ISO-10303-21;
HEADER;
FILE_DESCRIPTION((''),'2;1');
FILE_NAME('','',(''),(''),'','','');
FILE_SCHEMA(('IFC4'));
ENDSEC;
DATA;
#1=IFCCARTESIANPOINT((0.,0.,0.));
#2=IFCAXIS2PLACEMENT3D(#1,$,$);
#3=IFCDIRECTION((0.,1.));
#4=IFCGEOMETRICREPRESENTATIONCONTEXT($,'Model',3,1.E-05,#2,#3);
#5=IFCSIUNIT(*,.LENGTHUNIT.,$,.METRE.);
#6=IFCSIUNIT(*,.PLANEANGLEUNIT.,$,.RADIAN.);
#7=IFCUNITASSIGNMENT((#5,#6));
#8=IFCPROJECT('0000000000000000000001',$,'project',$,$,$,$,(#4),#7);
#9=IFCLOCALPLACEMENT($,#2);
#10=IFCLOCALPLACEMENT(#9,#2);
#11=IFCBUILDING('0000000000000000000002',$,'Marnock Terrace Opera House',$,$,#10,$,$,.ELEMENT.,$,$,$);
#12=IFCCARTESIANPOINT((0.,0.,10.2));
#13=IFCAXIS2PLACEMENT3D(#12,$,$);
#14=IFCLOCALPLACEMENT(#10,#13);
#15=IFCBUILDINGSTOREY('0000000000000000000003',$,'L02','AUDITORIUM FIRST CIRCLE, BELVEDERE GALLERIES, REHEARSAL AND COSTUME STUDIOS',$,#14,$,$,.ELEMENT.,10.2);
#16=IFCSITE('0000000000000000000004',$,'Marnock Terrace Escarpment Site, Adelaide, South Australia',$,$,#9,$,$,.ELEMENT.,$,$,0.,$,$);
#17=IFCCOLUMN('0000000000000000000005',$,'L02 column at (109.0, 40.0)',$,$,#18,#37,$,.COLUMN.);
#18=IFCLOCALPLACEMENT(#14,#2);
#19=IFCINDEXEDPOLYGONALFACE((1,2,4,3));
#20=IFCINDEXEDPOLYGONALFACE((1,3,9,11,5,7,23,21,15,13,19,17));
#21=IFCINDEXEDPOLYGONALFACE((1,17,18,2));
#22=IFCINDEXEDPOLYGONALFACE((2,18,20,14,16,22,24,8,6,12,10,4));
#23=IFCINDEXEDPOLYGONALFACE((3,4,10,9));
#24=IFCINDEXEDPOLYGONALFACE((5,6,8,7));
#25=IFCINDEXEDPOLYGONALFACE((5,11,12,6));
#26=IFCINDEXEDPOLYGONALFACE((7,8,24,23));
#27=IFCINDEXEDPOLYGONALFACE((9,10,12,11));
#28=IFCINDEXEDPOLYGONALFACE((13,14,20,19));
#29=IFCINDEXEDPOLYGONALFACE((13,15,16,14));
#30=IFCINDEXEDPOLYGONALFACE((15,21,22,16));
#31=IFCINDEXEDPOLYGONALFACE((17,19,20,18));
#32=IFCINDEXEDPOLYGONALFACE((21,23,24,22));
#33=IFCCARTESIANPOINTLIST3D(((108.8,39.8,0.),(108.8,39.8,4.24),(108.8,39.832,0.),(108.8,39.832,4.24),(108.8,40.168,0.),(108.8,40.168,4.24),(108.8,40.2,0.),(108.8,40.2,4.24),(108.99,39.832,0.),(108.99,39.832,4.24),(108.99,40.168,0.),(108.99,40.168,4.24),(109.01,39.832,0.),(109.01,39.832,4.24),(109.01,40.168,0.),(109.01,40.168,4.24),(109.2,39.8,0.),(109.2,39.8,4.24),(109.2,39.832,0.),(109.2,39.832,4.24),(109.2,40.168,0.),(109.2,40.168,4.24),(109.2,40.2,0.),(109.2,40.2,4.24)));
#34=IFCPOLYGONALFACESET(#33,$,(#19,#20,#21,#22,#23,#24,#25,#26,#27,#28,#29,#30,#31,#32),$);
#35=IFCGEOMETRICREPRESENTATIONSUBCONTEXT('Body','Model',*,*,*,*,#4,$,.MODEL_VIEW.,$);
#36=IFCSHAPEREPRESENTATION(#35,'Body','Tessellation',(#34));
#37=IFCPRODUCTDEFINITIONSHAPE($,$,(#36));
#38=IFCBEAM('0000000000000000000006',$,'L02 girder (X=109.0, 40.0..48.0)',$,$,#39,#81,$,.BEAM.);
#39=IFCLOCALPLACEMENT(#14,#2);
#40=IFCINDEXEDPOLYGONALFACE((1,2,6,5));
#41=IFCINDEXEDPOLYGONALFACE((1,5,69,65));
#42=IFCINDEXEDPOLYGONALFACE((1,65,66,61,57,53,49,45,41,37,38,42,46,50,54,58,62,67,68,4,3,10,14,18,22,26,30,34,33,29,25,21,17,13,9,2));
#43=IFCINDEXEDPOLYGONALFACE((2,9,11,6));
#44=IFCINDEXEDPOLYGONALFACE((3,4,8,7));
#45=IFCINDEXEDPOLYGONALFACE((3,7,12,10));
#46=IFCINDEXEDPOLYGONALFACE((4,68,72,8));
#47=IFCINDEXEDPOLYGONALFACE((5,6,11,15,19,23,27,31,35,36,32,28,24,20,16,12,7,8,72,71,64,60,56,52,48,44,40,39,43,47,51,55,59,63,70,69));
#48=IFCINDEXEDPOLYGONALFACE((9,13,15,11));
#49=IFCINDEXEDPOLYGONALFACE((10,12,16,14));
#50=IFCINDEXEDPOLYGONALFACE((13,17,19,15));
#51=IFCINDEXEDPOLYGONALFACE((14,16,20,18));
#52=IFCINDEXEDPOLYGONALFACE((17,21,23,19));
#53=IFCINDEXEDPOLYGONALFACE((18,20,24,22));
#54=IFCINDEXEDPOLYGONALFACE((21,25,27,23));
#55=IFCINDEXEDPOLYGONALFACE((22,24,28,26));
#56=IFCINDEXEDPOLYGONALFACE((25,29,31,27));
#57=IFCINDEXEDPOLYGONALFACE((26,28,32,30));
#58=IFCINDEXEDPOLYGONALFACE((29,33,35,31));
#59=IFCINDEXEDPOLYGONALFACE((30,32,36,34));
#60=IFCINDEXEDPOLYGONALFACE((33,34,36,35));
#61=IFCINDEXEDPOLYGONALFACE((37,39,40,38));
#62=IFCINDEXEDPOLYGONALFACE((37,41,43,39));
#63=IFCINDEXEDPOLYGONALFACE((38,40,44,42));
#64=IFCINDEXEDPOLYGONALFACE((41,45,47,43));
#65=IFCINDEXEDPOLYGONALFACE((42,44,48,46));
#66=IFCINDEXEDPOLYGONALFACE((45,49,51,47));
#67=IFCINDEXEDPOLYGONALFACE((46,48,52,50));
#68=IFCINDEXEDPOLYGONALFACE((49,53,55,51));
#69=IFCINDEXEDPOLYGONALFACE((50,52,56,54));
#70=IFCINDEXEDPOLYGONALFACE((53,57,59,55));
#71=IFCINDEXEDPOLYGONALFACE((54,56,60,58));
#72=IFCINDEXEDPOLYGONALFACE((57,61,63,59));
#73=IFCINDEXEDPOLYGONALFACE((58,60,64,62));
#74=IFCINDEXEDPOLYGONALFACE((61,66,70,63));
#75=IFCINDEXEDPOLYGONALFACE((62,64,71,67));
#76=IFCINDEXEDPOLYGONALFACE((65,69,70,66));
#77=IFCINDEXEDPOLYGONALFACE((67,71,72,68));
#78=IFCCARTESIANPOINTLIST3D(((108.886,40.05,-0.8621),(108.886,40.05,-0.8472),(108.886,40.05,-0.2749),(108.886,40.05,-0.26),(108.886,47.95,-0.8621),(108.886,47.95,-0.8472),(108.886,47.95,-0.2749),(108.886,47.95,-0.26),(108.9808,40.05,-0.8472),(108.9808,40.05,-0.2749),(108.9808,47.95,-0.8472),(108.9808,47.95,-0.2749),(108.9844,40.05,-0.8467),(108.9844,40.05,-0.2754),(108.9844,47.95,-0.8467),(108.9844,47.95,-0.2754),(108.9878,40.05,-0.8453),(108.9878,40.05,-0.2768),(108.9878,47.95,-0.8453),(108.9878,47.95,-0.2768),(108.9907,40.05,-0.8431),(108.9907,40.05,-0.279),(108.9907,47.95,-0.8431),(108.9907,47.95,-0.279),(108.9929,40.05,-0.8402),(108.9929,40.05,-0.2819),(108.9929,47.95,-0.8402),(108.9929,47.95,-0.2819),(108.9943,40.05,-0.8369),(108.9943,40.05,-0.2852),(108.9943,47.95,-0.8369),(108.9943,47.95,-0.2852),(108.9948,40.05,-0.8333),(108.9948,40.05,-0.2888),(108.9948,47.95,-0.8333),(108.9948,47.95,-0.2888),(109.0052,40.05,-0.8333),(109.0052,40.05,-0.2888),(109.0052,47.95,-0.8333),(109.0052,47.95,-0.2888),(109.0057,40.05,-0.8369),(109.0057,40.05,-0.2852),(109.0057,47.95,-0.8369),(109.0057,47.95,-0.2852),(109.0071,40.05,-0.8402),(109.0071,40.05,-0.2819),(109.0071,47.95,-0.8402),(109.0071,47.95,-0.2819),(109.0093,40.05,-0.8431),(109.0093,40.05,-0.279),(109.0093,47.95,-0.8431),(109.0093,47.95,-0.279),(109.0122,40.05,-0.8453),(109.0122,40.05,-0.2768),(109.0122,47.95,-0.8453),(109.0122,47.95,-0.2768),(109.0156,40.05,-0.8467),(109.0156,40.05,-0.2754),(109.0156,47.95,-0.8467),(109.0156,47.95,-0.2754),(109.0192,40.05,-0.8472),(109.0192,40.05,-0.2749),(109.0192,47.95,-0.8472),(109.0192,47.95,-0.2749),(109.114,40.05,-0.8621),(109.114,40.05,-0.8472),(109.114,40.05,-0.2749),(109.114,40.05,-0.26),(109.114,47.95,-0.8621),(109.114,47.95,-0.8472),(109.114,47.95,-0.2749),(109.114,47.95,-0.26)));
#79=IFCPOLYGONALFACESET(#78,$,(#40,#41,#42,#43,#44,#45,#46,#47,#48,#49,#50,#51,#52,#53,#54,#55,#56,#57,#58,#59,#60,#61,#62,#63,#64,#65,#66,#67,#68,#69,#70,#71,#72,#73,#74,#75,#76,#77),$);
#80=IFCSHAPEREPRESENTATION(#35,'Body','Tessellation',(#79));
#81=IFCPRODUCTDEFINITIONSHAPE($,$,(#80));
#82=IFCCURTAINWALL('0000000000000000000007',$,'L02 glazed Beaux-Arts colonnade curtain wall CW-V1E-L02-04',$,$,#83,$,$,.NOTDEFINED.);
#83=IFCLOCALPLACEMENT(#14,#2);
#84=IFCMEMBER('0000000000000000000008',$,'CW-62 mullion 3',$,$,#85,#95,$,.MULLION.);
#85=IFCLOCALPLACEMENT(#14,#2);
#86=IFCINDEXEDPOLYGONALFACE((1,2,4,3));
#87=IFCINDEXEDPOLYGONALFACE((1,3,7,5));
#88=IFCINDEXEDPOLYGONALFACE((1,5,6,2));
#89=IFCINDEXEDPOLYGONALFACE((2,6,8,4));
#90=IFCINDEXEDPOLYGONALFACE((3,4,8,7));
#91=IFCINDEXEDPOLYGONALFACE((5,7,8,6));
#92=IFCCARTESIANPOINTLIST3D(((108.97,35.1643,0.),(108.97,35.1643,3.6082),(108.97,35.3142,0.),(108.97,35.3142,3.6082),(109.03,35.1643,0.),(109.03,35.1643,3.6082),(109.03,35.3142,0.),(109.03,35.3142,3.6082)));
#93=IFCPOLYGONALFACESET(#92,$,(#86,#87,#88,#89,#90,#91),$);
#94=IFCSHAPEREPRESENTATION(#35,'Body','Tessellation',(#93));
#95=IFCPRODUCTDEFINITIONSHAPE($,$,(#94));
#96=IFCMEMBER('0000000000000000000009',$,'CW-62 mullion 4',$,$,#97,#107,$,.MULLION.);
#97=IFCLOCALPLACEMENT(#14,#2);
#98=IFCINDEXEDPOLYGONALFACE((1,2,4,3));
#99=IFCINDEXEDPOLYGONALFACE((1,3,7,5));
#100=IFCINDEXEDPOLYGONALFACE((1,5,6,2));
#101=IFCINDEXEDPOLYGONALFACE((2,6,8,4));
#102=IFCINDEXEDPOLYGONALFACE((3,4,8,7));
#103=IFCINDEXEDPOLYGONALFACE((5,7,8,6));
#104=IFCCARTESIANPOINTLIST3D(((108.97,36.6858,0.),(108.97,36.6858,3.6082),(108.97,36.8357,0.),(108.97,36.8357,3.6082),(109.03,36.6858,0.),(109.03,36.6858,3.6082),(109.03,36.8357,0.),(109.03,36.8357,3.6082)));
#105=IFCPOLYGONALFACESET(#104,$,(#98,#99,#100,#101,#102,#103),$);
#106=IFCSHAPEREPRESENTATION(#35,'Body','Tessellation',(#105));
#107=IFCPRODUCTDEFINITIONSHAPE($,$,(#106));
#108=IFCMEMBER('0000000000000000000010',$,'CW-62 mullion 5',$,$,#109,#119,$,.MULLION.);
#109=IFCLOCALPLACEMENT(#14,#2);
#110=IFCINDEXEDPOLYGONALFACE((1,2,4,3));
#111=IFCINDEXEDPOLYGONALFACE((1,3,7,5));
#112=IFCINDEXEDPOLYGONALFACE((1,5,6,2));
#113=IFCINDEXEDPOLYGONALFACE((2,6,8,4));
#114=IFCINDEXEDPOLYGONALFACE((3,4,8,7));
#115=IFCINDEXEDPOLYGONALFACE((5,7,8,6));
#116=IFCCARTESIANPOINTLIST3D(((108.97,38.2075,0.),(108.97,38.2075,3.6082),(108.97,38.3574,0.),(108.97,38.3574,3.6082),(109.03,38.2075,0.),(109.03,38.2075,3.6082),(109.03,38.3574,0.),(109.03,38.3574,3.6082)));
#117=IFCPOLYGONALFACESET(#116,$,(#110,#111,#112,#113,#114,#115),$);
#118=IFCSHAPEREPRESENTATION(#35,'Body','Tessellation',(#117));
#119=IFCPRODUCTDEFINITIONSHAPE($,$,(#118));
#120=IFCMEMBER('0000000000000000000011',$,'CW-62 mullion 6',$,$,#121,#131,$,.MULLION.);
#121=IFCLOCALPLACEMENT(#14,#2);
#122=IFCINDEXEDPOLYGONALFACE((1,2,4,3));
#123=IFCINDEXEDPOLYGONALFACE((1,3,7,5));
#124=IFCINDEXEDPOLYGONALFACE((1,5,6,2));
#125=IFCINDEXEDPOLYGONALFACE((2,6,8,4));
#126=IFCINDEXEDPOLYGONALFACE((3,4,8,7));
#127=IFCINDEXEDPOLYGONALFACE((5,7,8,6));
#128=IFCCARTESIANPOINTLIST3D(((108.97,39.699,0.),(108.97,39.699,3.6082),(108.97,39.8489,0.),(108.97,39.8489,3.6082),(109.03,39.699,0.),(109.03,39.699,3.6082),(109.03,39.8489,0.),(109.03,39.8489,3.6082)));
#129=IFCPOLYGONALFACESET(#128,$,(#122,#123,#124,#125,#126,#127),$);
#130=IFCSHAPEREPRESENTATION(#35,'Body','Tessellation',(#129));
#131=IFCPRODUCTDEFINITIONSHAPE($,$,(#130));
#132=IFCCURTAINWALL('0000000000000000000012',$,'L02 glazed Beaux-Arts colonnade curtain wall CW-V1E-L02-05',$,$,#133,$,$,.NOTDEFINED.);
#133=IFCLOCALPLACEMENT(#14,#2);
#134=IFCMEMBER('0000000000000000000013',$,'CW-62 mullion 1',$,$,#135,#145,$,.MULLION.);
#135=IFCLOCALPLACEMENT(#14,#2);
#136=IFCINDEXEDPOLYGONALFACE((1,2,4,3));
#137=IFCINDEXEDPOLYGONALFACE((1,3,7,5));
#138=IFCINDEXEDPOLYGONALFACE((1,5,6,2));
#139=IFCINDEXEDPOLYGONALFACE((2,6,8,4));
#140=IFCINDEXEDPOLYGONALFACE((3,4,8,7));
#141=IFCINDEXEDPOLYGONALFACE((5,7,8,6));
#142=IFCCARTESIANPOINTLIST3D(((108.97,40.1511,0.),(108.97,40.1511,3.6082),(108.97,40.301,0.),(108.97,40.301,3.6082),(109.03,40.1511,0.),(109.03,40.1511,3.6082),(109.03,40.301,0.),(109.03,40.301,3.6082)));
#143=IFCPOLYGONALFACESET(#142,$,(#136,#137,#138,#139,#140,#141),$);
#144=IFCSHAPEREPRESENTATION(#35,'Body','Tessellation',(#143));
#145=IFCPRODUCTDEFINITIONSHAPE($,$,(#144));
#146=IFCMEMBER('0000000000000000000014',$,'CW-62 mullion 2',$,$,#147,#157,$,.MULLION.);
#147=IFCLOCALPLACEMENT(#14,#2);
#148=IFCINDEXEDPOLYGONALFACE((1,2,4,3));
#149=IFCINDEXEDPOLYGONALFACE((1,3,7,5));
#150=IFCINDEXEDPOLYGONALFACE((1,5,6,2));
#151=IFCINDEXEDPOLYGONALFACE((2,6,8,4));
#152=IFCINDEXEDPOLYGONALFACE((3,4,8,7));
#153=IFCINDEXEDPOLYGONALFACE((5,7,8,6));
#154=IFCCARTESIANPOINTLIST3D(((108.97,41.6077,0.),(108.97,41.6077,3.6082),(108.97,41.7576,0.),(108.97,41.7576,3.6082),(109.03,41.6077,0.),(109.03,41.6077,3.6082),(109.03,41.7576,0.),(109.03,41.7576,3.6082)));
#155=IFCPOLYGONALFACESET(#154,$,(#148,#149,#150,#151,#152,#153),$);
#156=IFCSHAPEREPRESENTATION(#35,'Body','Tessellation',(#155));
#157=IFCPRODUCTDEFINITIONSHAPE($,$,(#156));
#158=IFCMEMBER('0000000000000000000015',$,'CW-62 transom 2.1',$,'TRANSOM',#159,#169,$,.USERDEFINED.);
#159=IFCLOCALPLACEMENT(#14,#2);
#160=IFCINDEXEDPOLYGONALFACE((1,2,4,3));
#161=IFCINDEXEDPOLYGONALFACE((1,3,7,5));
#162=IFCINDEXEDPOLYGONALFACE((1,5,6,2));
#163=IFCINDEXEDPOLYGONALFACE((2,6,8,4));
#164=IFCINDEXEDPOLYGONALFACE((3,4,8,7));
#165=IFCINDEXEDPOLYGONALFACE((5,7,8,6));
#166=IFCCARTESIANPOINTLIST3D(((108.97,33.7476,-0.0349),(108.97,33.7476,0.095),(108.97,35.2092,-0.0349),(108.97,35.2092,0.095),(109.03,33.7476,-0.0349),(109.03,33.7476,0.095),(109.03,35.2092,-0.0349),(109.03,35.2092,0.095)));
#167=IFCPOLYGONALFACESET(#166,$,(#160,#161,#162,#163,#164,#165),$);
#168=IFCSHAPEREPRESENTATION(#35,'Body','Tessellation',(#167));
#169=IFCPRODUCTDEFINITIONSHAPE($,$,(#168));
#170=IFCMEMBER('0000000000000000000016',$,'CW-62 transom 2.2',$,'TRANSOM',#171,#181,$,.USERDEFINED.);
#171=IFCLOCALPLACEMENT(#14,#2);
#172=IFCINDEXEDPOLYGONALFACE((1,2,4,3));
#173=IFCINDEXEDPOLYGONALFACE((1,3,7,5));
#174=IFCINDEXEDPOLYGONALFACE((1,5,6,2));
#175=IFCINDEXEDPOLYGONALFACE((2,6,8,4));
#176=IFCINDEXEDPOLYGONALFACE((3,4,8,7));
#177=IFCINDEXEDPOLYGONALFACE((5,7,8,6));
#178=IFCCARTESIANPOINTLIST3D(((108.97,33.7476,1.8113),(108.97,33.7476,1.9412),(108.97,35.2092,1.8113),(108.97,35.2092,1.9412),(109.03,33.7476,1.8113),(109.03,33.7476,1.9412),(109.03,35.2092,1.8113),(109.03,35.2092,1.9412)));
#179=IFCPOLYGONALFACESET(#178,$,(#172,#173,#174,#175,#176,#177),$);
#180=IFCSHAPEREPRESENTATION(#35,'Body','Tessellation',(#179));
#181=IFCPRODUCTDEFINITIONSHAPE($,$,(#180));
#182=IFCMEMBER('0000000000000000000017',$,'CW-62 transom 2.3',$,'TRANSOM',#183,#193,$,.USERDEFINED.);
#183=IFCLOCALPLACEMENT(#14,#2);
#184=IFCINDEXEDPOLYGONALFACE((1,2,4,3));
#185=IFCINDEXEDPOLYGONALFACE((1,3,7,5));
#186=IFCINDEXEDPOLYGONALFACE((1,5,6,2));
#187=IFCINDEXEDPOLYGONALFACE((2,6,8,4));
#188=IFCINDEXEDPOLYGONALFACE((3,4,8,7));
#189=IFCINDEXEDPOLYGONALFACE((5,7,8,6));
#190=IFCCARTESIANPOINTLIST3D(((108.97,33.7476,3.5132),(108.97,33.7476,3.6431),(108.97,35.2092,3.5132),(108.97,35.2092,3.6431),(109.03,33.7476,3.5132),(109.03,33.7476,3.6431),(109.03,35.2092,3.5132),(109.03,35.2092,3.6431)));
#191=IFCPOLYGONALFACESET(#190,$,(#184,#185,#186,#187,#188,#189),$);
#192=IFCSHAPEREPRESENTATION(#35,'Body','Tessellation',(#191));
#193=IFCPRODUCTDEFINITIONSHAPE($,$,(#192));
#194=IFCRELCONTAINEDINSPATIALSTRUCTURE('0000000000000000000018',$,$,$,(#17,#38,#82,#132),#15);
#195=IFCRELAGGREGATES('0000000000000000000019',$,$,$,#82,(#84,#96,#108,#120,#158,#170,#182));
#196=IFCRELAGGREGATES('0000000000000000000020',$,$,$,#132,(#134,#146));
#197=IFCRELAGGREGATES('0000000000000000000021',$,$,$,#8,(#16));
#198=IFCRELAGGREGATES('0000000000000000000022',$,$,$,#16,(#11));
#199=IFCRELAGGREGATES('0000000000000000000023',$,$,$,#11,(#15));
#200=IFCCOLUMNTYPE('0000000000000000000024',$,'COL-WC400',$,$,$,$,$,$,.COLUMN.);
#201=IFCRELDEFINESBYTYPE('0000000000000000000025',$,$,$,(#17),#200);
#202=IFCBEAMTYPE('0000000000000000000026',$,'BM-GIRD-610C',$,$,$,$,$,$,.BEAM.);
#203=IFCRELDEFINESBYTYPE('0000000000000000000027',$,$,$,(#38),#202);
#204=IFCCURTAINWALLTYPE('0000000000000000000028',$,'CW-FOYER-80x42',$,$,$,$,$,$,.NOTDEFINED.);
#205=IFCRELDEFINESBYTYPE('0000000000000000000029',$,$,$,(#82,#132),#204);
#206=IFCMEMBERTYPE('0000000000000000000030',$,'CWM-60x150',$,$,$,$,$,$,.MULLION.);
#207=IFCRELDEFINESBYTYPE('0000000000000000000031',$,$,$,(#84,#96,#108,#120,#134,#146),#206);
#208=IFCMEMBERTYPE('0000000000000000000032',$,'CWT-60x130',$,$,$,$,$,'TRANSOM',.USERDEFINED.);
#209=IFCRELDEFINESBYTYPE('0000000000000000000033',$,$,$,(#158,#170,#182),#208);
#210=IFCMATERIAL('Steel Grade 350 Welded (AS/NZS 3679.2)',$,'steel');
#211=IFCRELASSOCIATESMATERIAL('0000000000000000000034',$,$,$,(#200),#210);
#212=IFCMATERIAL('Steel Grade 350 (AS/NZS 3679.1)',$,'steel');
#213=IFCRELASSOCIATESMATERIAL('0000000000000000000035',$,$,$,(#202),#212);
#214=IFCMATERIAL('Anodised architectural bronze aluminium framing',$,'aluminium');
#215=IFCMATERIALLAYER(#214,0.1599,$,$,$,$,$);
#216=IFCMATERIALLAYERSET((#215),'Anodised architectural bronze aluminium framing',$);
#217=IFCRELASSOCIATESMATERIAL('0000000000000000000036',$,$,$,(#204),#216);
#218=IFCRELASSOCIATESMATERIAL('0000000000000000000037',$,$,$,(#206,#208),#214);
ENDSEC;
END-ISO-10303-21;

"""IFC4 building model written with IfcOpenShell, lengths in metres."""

from ifc_helpers import new_model, si_unit, direction, frame, origin, origin_2d, place, context, subcontext, project, spatial, rectangle, i_section, extrude, material, layer, layer_set, material_profile, profile_set, type_object, element, aggregate, save


model = new_model("IFC4")

# Units and contexts
model_context = context("Model", 3, precision=1e-05, world=origin(), true_north=direction((0.0, 1.0)))
body_context = subcontext(model_context, "Body", "Model", "MODEL_VIEW")
ifc_project = project(units=[si_unit("LENGTHUNIT", "METRE"), si_unit("PLANEANGLEUNIT", "RADIAN")], contexts=[model_context])

# Site, building, storey
site_placement = place(None, origin())
site = spatial("IfcSite", under=ifc_project, at=site_placement, Name="Marnock Terrace Escarpment Site, Adelaide, South Australia", CompositionType="ELEMENT", RefElevation=0.0)
building_placement = place(site_placement, origin())
building = spatial("IfcBuilding", under=site, at=building_placement, Name="Marnock Terrace Opera House", CompositionType="ELEMENT")
storey_placement = place(building_placement, frame((0.0, 0.0, 10.2)))
storey = spatial("IfcBuildingStorey", under=building, at=storey_placement, Name="L02", Description="AUDITORIUM FIRST CIRCLE, BELVEDERE GALLERIES, REHEARSAL AND COSTUME STUDIOS", CompositionType="ELEMENT", Elevation=10.2)

# Column
ifc_material_1 = material(Name="Steel Grade 350 Welded (AS/NZS 3679.2)", Category="steel")
ifc_material_profile_1 = material_profile(ifc_material_1, i_section(OverallWidth=0.3999, OverallDepth=0.3999, WebThickness=0.02, FlangeThickness=0.032, at=origin_2d()))
ifc_profile_set_1 = profile_set([ifc_material_profile_1], Name="Steel Grade 350 Welded (AS/NZS 3679.2)")
column_type = type_object("IfcColumnType", Name="COL-WC400", PredefinedType="COLUMN", material=ifc_profile_set_1)
column_placement = place(storey_placement, frame((109.0, 40.0, 0.0), z_axis=(0.0, 0.0, 1.0), x_axis=(1.0, 0.0, 0.0)))
element("IfcColumn", 1, at=column_placement, inside=storey, type_object=column_type, Name="L02 column at (109.0, 40.0)", PredefinedType="COLUMN", context=body_context, shape_type="SweptSolid", body=[
    extrude(i_section(OverallWidth=0.3999, OverallDepth=0.3999, WebThickness=0.02, FlangeThickness=0.032, at=origin_2d()), origin(), (0.0, 0.0, 1.0), 4.24),
])

# Beam
ifc_material_2 = material(Name="Steel Grade 350 (AS/NZS 3679.1)", Category="steel")
ifc_material_profile_2 = material_profile(ifc_material_2, i_section(OverallWidth=0.228, OverallDepth=0.6021, WebThickness=0.0105, FlangeThickness=0.0149, FilletRadius=0.0139, at=origin_2d()))
ifc_profile_set_2 = profile_set([ifc_material_profile_2], Name="Steel Grade 350 (AS/NZS 3679.1)")
beam_type = type_object("IfcBeamType", Name="BM-GIRD-610C", PredefinedType="BEAM", material=ifc_profile_set_2)
beam_placement = place(storey_placement, frame((109.0, 40.05, -0.561), z_axis=(0.0, 1.0, 0.0), x_axis=(-1.0, 0.0, 0.0)))
element("IfcBeam", 2, at=beam_placement, inside=storey, type_object=beam_type, Name="L02 girder (X=109.0, 40.0..48.0)", PredefinedType="BEAM", context=body_context, shape_type="SweptSolid", body=[
    extrude(i_section(OverallWidth=0.228, OverallDepth=0.6021, WebThickness=0.0105, FlangeThickness=0.0149, FilletRadius=0.0139, at=origin_2d()), origin(), (0.0, 0.0, 1.0), 7.8999),
])

# Curtain walls, members
ifc_material_3 = material(Name="Anodised architectural bronze aluminium framing", Category="aluminium")
ifc_layer_1 = layer(ifc_material_3, 0.1599)
ifc_layer_set_1 = layer_set([ifc_layer_1], Name="Anodised architectural bronze aluminium framing")
curtain_wall_type = type_object("IfcCurtainWallType", Name="CW-FOYER-80x42", PredefinedType="NOTDEFINED", material=ifc_layer_set_1)
curtain_wall_1_placement = place(storey_placement, origin())
curtain_wall_1 = element("IfcCurtainWall", 3, at=curtain_wall_1_placement, inside=storey, type_object=curtain_wall_type, Name="L02 glazed Beaux-Arts colonnade curtain wall CW-V1E-L02-04", PredefinedType="NOTDEFINED")
ifc_material_profile_3 = material_profile(ifc_material_3, rectangle(XDim=0.0601, YDim=0.1499, at=origin_2d()))
ifc_profile_set_3 = profile_set([ifc_material_profile_3], Name="Anodised architectural bronze aluminium framing")
member_type_1 = type_object("IfcMemberType", Name="CWM-60x150", PredefinedType="MULLION", material=ifc_profile_set_3)
member_1_placement = place(storey_placement, frame((109.0, 35.2393, 0.0), z_axis=(0.0, 0.0, 1.0), x_axis=(-1.0, 0.0, 0.0)))
member_1 = element("IfcMember", 4, at=member_1_placement, type_object=member_type_1, Name="CW-62 mullion 3", PredefinedType="MULLION", context=body_context, shape_type="SweptSolid", body=[
    extrude(rectangle(XDim=0.0601, YDim=0.1499, at=origin_2d()), origin(), (0.0, 0.0, 1.0), 3.6082),
])
member_2_placement = place(storey_placement, frame((109.0, 36.7607, 0.0), z_axis=(0.0, 0.0, 1.0), x_axis=(-1.0, 0.0, 0.0)))
member_2 = element("IfcMember", 5, at=member_2_placement, type_object=member_type_1, Name="CW-62 mullion 4", PredefinedType="MULLION", context=body_context, shape_type="SweptSolid", body=[
    extrude(rectangle(XDim=0.0601, YDim=0.1499, at=origin_2d()), origin(), (0.0, 0.0, 1.0), 3.6082),
])
member_3_placement = place(storey_placement, frame((109.0, 38.2825, 0.0), z_axis=(0.0, 0.0, 1.0), x_axis=(-1.0, 0.0, 0.0)))
member_3 = element("IfcMember", 6, at=member_3_placement, type_object=member_type_1, Name="CW-62 mullion 5", PredefinedType="MULLION", context=body_context, shape_type="SweptSolid", body=[
    extrude(rectangle(XDim=0.0601, YDim=0.1499, at=origin_2d()), origin(), (0.0, 0.0, 1.0), 3.6082),
])
member_4_placement = place(storey_placement, frame((109.0, 39.7739, 0.0), z_axis=(0.0, 0.0, 1.0), x_axis=(-1.0, 0.0, 0.0)))
member_4 = element("IfcMember", 7, at=member_4_placement, type_object=member_type_1, Name="CW-62 mullion 6", PredefinedType="MULLION", context=body_context, shape_type="SweptSolid", body=[
    extrude(rectangle(XDim=0.0601, YDim=0.1499, at=origin_2d()), origin(), (0.0, 0.0, 1.0), 3.6082),
])
curtain_wall_2_placement = place(storey_placement, origin())
curtain_wall_2 = element("IfcCurtainWall", 8, at=curtain_wall_2_placement, inside=storey, type_object=curtain_wall_type, Name="L02 glazed Beaux-Arts colonnade curtain wall CW-V1E-L02-05", PredefinedType="NOTDEFINED")
member_5_placement = place(storey_placement, frame((109.0, 40.2261, 0.0), z_axis=(0.0, 0.0, 1.0), x_axis=(-1.0, 0.0, 0.0)))
member_5 = element("IfcMember", 9, at=member_5_placement, type_object=member_type_1, Name="CW-62 mullion 1", PredefinedType="MULLION", context=body_context, shape_type="SweptSolid", body=[
    extrude(rectangle(XDim=0.0601, YDim=0.1499, at=origin_2d()), origin(), (0.0, 0.0, 1.0), 3.6082),
])
member_6_placement = place(storey_placement, frame((109.0, 41.6826, 0.0), z_axis=(0.0, 0.0, 1.0), x_axis=(-1.0, 0.0, 0.0)))
member_6 = element("IfcMember", 10, at=member_6_placement, type_object=member_type_1, Name="CW-62 mullion 2", PredefinedType="MULLION", context=body_context, shape_type="SweptSolid", body=[
    extrude(rectangle(XDim=0.0601, YDim=0.1499, at=origin_2d()), origin(), (0.0, 0.0, 1.0), 3.6082),
])

# Members
ifc_material_profile_4 = material_profile(ifc_material_3, rectangle(XDim=0.0601, YDim=0.1299, at=origin_2d()))
ifc_profile_set_4 = profile_set([ifc_material_profile_4], Name="Anodised architectural bronze aluminium framing")
member_type_2 = type_object("IfcMemberType", Name="CWT-60x130", ElementType="TRANSOM", PredefinedType="USERDEFINED", material=ifc_profile_set_4)
member_7_placement = place(storey_placement, frame((109.0, 33.7476, 0.03), z_axis=(0.0, 1.0, 0.0), x_axis=(-1.0, 0.0, 0.0)))
member_7 = element("IfcMember", 11, at=member_7_placement, type_object=member_type_2, Name="CW-62 transom 2.1", ObjectType="TRANSOM", PredefinedType="USERDEFINED", context=body_context, shape_type="SweptSolid", body=[
    extrude(rectangle(XDim=0.0601, YDim=0.1299, at=origin_2d()), origin(), (0.0, 0.0, 1.0), 1.4617),
])
member_8_placement = place(storey_placement, frame((109.0, 33.7476, 1.8762), z_axis=(0.0, 1.0, 0.0), x_axis=(-1.0, 0.0, 0.0)))
member_8 = element("IfcMember", 12, at=member_8_placement, type_object=member_type_2, Name="CW-62 transom 2.2", ObjectType="TRANSOM", PredefinedType="USERDEFINED", context=body_context, shape_type="SweptSolid", body=[
    extrude(rectangle(XDim=0.0601, YDim=0.1299, at=origin_2d()), origin(), (0.0, 0.0, 1.0), 1.4617),
])
member_9_placement = place(storey_placement, frame((109.0, 33.7476, 3.5781), z_axis=(0.0, 1.0, 0.0), x_axis=(-1.0, 0.0, 0.0)))
member_9 = element("IfcMember", 13, at=member_9_placement, type_object=member_type_2, Name="CW-62 transom 2.3", ObjectType="TRANSOM", PredefinedType="USERDEFINED", context=body_context, shape_type="SweptSolid", body=[
    extrude(rectangle(XDim=0.0601, YDim=0.1299, at=origin_2d()), origin(), (0.0, 0.0, 1.0), 1.4617),
])

aggregate(curtain_wall_1, [member_1, member_2, member_3, member_4, member_7, member_8, member_9])
aggregate(curtain_wall_2, [member_5, member_6])

save(model, "model.ifc")
